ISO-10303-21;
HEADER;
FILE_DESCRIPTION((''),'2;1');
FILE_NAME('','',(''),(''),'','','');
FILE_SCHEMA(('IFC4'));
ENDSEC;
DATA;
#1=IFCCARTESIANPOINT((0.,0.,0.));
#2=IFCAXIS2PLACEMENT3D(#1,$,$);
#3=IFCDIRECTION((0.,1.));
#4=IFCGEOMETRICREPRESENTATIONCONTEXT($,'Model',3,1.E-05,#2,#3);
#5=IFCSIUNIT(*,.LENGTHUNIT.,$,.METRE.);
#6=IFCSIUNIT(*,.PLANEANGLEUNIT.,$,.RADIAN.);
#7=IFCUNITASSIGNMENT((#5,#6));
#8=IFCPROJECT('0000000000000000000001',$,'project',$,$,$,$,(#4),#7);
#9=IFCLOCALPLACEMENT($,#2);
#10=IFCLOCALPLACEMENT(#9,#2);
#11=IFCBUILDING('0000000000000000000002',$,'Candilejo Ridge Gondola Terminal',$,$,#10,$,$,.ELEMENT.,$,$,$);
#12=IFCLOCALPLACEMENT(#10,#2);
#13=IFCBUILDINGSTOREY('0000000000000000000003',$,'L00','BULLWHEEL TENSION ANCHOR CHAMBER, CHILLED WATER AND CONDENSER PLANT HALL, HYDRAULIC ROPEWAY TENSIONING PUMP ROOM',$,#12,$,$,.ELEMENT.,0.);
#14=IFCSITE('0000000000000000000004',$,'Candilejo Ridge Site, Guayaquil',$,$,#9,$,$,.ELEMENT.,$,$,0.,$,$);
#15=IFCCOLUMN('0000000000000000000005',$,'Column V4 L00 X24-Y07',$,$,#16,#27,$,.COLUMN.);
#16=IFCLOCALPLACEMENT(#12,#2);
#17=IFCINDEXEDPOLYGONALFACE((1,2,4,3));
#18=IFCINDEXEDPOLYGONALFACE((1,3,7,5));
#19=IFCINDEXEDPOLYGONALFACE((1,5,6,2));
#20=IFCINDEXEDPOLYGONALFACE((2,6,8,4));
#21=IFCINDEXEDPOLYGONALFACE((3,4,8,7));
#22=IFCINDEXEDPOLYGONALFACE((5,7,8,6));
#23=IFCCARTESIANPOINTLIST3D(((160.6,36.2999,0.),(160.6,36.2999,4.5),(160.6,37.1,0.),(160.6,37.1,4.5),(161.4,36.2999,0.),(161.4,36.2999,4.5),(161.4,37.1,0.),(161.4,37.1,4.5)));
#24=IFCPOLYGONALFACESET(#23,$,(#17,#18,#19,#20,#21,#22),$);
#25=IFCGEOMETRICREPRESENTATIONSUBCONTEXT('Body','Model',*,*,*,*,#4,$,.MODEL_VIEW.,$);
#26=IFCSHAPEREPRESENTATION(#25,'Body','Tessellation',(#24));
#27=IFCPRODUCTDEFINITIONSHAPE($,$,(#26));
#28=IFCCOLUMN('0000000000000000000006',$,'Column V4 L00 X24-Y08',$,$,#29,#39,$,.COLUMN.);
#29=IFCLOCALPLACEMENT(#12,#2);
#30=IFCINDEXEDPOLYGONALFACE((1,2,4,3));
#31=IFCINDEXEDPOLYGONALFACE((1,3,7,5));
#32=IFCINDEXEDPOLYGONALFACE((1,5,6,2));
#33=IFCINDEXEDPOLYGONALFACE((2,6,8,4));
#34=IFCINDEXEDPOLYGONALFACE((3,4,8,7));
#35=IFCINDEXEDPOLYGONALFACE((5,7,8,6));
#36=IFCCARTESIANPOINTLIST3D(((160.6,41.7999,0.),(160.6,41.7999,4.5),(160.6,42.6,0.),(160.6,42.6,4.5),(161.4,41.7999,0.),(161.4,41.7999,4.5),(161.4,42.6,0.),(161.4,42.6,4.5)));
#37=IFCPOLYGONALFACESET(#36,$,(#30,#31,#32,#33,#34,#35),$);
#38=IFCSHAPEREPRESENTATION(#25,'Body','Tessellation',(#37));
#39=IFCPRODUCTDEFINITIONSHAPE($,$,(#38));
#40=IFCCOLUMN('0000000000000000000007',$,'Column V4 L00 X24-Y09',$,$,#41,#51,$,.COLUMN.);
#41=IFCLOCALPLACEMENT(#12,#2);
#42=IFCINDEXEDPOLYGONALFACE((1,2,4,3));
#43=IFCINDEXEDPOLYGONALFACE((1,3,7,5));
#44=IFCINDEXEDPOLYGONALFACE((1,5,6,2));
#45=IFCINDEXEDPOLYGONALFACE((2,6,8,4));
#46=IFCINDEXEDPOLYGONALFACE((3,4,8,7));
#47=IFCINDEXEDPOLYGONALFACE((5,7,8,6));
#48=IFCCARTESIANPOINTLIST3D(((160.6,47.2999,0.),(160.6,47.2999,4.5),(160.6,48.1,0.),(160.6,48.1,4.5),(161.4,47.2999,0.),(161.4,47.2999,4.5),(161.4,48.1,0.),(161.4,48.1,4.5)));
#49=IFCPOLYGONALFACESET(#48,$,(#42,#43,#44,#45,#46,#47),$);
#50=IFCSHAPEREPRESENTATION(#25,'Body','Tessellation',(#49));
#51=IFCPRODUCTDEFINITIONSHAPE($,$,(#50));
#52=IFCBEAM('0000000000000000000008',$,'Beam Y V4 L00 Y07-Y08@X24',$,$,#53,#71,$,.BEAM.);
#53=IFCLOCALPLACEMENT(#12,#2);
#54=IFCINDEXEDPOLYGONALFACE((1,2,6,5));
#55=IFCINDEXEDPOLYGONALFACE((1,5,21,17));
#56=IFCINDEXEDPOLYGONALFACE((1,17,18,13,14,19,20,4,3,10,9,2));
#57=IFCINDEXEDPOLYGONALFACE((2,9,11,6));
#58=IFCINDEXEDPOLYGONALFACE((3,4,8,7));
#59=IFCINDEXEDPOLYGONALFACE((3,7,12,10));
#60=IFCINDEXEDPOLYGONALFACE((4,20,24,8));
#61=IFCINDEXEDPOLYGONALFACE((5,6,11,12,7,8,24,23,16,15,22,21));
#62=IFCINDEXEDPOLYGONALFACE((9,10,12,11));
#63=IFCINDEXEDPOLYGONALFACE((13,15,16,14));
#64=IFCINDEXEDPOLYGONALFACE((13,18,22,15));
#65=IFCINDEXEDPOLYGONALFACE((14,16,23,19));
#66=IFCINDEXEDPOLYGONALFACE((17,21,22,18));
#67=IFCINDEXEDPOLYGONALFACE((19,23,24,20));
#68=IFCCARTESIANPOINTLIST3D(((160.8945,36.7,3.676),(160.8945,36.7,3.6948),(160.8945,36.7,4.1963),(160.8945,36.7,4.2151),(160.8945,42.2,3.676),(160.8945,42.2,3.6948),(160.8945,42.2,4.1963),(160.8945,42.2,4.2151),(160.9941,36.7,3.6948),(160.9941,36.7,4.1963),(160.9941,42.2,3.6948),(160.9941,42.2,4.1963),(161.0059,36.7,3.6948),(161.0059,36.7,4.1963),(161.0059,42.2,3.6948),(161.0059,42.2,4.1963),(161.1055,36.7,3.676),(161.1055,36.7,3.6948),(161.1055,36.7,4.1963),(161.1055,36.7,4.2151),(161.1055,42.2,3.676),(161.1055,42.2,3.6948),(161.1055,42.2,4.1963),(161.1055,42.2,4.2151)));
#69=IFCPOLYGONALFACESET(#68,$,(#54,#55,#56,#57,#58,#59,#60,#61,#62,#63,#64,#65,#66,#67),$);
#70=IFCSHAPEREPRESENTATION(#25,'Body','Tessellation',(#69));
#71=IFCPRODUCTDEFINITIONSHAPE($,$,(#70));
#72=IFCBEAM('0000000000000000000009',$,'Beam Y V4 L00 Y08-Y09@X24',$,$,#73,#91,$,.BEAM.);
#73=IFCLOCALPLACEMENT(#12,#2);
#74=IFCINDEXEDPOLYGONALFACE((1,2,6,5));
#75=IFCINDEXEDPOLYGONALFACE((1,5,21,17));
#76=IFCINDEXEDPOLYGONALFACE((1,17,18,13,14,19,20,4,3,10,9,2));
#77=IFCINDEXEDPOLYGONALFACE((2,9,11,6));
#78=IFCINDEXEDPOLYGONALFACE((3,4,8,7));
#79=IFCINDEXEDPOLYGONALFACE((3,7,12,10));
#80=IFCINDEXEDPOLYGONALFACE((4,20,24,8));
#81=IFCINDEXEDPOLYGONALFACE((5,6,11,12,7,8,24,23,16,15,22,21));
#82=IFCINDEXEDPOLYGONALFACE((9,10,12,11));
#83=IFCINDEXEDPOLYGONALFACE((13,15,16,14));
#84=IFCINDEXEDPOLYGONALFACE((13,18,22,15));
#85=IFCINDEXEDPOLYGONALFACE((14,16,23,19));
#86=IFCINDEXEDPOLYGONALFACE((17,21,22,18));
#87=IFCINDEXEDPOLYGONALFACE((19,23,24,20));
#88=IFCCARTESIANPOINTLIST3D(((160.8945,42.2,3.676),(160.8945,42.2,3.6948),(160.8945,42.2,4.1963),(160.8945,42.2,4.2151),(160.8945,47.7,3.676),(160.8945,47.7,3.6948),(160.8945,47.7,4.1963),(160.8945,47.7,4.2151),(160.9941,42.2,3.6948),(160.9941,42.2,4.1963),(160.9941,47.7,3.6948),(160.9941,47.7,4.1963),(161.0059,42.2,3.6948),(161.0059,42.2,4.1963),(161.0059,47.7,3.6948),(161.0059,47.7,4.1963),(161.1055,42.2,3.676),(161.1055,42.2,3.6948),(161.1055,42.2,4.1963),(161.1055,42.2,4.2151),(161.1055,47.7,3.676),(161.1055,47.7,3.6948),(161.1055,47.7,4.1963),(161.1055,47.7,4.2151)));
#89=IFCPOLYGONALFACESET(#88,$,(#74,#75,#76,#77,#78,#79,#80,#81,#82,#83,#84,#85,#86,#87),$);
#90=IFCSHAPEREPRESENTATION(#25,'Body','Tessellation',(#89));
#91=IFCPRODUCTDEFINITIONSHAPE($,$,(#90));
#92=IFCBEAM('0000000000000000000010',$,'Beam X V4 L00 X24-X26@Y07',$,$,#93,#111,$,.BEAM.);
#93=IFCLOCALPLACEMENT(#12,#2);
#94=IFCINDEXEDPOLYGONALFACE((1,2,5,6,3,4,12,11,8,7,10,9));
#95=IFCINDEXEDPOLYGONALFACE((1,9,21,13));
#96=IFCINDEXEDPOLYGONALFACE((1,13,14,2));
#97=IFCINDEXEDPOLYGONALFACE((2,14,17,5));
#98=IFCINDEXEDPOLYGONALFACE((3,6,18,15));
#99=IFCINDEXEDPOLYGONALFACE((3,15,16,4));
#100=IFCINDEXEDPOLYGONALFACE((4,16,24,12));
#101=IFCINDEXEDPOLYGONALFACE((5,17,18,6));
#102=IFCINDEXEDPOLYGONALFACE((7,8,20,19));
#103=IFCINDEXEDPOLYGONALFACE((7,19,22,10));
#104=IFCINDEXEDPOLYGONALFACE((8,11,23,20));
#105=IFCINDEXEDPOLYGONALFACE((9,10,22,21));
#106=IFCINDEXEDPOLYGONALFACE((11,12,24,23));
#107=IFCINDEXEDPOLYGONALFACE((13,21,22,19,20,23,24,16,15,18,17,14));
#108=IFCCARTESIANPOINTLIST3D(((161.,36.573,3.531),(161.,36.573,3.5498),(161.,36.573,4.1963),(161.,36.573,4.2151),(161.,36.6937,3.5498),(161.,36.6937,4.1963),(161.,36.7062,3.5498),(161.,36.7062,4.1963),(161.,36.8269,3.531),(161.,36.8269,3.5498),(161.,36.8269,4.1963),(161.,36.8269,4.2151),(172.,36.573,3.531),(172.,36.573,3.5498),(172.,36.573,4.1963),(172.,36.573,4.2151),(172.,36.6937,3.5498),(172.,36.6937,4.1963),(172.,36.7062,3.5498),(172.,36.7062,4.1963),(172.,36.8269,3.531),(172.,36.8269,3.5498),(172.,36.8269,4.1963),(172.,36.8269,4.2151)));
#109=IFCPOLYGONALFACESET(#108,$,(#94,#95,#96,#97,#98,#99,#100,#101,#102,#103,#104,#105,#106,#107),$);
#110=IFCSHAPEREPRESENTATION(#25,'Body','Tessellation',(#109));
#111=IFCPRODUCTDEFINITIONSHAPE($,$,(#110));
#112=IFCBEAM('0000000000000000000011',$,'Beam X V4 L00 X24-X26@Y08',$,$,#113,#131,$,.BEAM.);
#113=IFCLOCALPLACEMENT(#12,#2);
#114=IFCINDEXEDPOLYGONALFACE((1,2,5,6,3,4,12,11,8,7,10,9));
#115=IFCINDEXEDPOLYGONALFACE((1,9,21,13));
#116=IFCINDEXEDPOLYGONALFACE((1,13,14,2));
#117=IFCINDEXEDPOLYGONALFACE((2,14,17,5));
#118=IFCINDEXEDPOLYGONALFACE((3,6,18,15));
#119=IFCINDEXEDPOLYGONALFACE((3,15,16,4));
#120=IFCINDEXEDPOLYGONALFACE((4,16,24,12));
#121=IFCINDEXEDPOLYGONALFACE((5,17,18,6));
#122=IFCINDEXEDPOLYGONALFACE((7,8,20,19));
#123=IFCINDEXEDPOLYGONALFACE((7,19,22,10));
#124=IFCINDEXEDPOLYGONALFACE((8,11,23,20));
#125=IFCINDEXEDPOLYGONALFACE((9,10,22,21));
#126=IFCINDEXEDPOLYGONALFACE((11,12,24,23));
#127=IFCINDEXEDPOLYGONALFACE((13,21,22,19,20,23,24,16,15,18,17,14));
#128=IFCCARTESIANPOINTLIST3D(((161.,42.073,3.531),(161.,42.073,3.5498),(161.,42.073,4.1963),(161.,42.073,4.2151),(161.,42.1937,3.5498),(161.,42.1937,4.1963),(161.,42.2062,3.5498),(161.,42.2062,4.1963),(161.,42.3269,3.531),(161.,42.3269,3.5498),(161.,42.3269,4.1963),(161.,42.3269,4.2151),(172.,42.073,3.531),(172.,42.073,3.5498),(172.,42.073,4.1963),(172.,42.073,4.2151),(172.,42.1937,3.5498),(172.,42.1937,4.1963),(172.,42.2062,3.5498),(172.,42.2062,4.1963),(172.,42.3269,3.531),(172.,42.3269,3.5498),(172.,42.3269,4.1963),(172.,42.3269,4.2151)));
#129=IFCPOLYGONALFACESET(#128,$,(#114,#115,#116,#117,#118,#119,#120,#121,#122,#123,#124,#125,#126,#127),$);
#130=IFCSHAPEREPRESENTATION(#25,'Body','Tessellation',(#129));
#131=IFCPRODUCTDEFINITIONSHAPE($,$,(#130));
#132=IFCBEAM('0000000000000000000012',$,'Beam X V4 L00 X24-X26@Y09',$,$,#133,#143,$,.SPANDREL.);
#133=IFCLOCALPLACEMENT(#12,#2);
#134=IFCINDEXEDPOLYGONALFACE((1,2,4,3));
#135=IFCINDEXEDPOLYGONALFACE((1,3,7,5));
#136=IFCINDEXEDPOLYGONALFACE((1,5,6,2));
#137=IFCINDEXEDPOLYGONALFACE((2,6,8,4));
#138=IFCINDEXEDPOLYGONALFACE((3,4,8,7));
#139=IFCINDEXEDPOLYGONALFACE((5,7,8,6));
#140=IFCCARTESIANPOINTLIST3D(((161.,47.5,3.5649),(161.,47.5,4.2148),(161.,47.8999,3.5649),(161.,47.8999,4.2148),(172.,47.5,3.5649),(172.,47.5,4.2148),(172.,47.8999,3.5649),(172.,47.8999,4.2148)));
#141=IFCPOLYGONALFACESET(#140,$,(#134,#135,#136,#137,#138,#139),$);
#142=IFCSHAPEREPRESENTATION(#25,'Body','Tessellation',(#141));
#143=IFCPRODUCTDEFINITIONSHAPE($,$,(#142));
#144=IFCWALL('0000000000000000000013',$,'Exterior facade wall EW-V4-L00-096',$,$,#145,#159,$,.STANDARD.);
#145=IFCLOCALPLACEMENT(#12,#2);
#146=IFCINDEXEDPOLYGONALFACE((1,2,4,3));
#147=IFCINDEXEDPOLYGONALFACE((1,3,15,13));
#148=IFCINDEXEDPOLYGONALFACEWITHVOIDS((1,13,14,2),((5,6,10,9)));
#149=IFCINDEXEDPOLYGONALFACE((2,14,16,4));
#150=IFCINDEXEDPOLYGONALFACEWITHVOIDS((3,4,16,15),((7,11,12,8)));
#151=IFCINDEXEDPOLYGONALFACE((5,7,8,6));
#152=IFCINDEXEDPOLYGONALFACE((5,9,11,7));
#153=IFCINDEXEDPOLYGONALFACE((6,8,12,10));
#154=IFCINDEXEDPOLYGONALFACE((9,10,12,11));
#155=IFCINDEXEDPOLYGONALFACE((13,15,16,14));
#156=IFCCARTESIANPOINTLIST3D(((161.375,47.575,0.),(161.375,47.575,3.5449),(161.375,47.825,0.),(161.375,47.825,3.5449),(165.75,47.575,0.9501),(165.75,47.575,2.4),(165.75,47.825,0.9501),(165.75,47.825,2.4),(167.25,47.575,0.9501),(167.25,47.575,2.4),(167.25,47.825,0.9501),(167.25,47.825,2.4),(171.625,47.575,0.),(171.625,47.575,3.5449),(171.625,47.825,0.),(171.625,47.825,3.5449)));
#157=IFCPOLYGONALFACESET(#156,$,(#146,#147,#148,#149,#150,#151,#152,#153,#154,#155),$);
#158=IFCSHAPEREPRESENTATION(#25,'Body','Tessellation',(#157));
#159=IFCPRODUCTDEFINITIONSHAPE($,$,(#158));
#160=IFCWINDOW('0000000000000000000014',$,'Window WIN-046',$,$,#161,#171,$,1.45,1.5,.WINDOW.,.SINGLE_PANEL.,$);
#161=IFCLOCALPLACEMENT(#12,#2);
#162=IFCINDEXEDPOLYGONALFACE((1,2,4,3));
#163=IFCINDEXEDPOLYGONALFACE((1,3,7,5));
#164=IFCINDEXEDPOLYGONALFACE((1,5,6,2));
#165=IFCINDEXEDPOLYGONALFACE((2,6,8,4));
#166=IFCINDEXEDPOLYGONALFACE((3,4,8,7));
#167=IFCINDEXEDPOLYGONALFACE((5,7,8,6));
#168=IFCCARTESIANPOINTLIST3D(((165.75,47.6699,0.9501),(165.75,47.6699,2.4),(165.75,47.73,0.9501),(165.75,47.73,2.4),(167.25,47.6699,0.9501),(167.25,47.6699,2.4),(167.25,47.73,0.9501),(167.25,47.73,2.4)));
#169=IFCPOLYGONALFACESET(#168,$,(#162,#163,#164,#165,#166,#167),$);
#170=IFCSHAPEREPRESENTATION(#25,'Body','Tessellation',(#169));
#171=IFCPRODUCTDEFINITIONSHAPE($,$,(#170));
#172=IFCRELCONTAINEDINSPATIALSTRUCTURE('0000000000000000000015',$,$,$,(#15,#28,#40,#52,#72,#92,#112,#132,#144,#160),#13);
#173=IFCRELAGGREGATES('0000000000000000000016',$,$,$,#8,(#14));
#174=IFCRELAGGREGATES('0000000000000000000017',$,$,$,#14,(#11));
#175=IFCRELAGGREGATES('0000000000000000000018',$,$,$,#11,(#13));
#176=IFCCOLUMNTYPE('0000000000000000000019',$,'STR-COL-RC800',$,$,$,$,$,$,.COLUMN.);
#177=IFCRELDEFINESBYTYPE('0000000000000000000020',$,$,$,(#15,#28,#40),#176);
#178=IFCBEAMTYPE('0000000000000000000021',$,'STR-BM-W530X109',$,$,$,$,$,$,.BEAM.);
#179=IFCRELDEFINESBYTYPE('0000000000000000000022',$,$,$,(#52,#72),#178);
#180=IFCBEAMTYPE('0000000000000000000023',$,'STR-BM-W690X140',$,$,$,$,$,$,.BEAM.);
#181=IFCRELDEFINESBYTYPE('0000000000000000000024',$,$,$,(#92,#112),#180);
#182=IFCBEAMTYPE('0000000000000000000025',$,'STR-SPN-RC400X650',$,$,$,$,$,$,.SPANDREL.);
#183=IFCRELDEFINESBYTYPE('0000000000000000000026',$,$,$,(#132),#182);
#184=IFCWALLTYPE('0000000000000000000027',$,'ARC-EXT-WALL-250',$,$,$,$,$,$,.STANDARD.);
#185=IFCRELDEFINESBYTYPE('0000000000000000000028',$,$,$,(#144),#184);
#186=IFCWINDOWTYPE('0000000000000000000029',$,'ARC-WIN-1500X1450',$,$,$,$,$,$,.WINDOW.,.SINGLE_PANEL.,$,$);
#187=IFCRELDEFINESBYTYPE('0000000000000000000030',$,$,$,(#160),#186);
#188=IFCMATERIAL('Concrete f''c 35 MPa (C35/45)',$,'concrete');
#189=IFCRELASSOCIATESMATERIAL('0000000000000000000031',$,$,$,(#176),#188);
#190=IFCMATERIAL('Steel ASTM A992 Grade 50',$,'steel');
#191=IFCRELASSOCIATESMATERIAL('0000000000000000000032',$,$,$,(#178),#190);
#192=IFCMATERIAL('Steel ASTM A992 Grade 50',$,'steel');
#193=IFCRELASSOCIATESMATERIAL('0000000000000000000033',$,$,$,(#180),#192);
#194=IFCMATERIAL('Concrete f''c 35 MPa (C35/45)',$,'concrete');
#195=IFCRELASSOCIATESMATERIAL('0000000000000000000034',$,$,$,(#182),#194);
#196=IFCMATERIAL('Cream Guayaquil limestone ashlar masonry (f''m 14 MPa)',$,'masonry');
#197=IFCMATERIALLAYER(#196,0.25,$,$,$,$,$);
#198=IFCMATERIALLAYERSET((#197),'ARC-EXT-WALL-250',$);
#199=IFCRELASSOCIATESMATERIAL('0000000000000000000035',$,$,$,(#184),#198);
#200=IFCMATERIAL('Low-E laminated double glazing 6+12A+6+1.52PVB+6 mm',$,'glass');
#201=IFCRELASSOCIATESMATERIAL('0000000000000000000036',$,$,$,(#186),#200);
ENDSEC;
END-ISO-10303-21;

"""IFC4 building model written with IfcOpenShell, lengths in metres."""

from ifc_helpers import new_model, si_unit, direction, frame, frame_2d, origin, origin_2d, place, context, subcontext, project, spatial, rectangle, i_section, extrude, material, layer, layer_set, material_profile, profile_set, type_object, element, fill, save


model = new_model("IFC4")

# Units and contexts
model_context = context("Model", 3, precision=1e-05, world=origin(), true_north=direction((0.0, 1.0)))
body_context = subcontext(model_context, "Body", "Model", "MODEL_VIEW")
ifc_project = project(units=[si_unit("LENGTHUNIT", "METRE"), si_unit("PLANEANGLEUNIT", "RADIAN")], contexts=[model_context])

# Site, building, storey
site_placement = place(None, origin())
site = spatial("IfcSite", under=ifc_project, at=site_placement, Name="Candilejo Ridge Site, Guayaquil", CompositionType="ELEMENT", RefElevation=0.0)
building_placement = place(site_placement, origin())
building = spatial("IfcBuilding", under=site, at=building_placement, Name="Candilejo Ridge Gondola Terminal", CompositionType="ELEMENT")
storey_placement = place(building_placement, origin())
storey = spatial("IfcBuildingStorey", under=building, at=storey_placement, Name="L00", Description="BULLWHEEL TENSION ANCHOR CHAMBER, CHILLED WATER AND CONDENSER PLANT HALL, HYDRAULIC ROPEWAY TENSIONING PUMP ROOM", CompositionType="ELEMENT", Elevation=0.0)

# Columns
ifc_material_1 = material(Name="Concrete f'c 35 MPa (C35/45)", Category="concrete")
ifc_material_profile_1 = material_profile(ifc_material_1, rectangle(XDim=0.8, YDim=0.8, at=origin_2d()))
ifc_profile_set_1 = profile_set([ifc_material_profile_1], Name="Concrete f'c 35 MPa (C35/45)")
column_type = type_object("IfcColumnType", Name="STR-COL-RC800", PredefinedType="COLUMN", material=ifc_profile_set_1)
for number, where, z_axis, x_axis, name in (
    (1, (161.0, 36.7, 0.0), (0.0, 0.0, 1.0), (1.0, 0.0, 0.0), "Column V4 L00 X24-Y07"),
    (2, (161.0, 42.2, 0.0), (0.0, 0.0, 1.0), (1.0, 0.0, 0.0), "Column V4 L00 X24-Y08"),
    (3, (161.0, 47.7, 0.0), (0.0, 0.0, 1.0), (1.0, 0.0, 0.0), "Column V4 L00 X24-Y09"),
):
    element("IfcColumn", number, at=place(storey_placement, frame(where, z_axis=z_axis, x_axis=x_axis)), inside=storey, type_object=column_type, Name=name, PredefinedType="COLUMN", context=body_context, shape_type="SweptSolid", body=[
        extrude(rectangle(XDim=0.8, YDim=0.8, at=origin_2d()), origin(), (0.0, 0.0, 1.0), 4.5),
    ])

# Beams
ifc_material_2 = material(Name="Steel ASTM A992 Grade 50", Category="steel")
ifc_material_profile_2 = material_profile(ifc_material_2, i_section(OverallWidth=0.2109, OverallDepth=0.5391, WebThickness=0.0117, FlangeThickness=0.0188, at=origin_2d()))
ifc_profile_set_2 = profile_set([ifc_material_profile_2], Name="Steel ASTM A992 Grade 50")
beam_type_1 = type_object("IfcBeamType", Name="STR-BM-W530X109", PredefinedType="BEAM", material=ifc_profile_set_2)
for number, where, z_axis, x_axis, name in (
    (4, (161.0, 36.7, 3.9456), (0.0, 1.0, 0.0), (-1.0, 0.0, 0.0), "Beam Y V4 L00 Y07-Y08@X24"),
    (5, (161.0, 42.2, 3.9456), (0.0, 1.0, 0.0), (-1.0, 0.0, 0.0), "Beam Y V4 L00 Y08-Y09@X24"),
):
    element("IfcBeam", number, at=place(storey_placement, frame(where, z_axis=z_axis, x_axis=x_axis)), inside=storey, type_object=beam_type_1, Name=name, PredefinedType="BEAM", context=body_context, shape_type="SweptSolid", body=[
        extrude(i_section(OverallWidth=0.2109, OverallDepth=0.5391, WebThickness=0.0117, FlangeThickness=0.0188, at=origin_2d()), origin(), (0.0, 0.0, 1.0), 5.5),
    ])
ifc_material_3 = material(Name="Steel ASTM A992 Grade 50", Category="steel")
ifc_material_profile_3 = material_profile(ifc_material_3, i_section(OverallWidth=0.2539, OverallDepth=0.6841, WebThickness=0.0125, FlangeThickness=0.0188, at=origin_2d()))
ifc_profile_set_3 = profile_set([ifc_material_profile_3], Name="Steel ASTM A992 Grade 50")
beam_type_2 = type_object("IfcBeamType", Name="STR-BM-W690X140", PredefinedType="BEAM", material=ifc_profile_set_3)
for number, where, z_axis, x_axis, name in (
    (6, (161.0, 36.7, 3.873), (1.0, 0.0, 0.0), (0.0, 1.0, 0.0), "Beam X V4 L00 X24-X26@Y07"),
    (7, (161.0, 42.2, 3.873), (1.0, 0.0, 0.0), (0.0, 1.0, 0.0), "Beam X V4 L00 X24-X26@Y08"),
):
    element("IfcBeam", number, at=place(storey_placement, frame(where, z_axis=z_axis, x_axis=x_axis)), inside=storey, type_object=beam_type_2, Name=name, PredefinedType="BEAM", context=body_context, shape_type="SweptSolid", body=[
        extrude(i_section(OverallWidth=0.2539, OverallDepth=0.6841, WebThickness=0.0125, FlangeThickness=0.0188, at=origin_2d()), origin(), (0.0, 0.0, 1.0), 11.0),
    ])
ifc_material_4 = material(Name="Concrete f'c 35 MPa (C35/45)", Category="concrete")
ifc_material_profile_4 = material_profile(ifc_material_4, rectangle(XDim=0.3999, YDim=0.6499, at=origin_2d()))
ifc_profile_set_4 = profile_set([ifc_material_profile_4], Name="Concrete f'c 35 MPa (C35/45)")
beam_type_3 = type_object("IfcBeamType", Name="STR-SPN-RC400X650", PredefinedType="SPANDREL", material=ifc_profile_set_4)
beam_placement = place(storey_placement, frame((161.0, 47.7, 3.8899), z_axis=(1.0, 0.0, 0.0), x_axis=(0.0, 1.0, 0.0)))
element("IfcBeam", 8, at=beam_placement, inside=storey, type_object=beam_type_3, Name="Beam X V4 L00 X24-X26@Y09", PredefinedType="SPANDREL", context=body_context, shape_type="SweptSolid", body=[
    extrude(rectangle(XDim=0.3999, YDim=0.6499, at=origin_2d()), origin(), (0.0, 0.0, 1.0), 11.0),
])

# Wall, opening, window
ifc_material_5 = material(Name="Cream Guayaquil limestone ashlar masonry (f'm 14 MPa)", Category="masonry")
ifc_layer_1 = layer(ifc_material_5, 0.25)
ifc_layer_set_1 = layer_set([ifc_layer_1], Name="ARC-EXT-WALL-250")
wall_type_1 = type_object("IfcWallType", Name="ARC-EXT-WALL-250", PredefinedType="STANDARD", material=ifc_layer_set_1)
wall_1_placement = place(storey_placement, frame((161.375, 47.7, 0.0), z_axis=(0.0, 0.0, 1.0), x_axis=(1.0, 0.0, 0.0)))
wall_1 = element("IfcWall", 9, at=wall_1_placement, inside=storey, type_object=wall_type_1, Name="Exterior facade wall EW-V4-L00-096", PredefinedType="STANDARD", context=body_context, shape_type="SweptSolid", body=[
    extrude(rectangle(XDim=10.25, YDim=0.25, at=frame_2d((5.125, 0.0))), origin(), (0.0, 0.0, 1.0), 3.5449),
])
opening_1_placement = place(wall_1_placement, frame((4.375, 0.0, 0.95)))
opening_1 = element("IfcOpeningElement", 10, at=opening_1_placement, cuts=wall_1, PredefinedType="OPENING", context=body_context, shape_type="SweptSolid", body=[
    extrude(rectangle(XDim=1.5, YDim=1.45, at=frame_2d((0.75, 0.7251))), frame((0.0, 0.135, 0.0), z_axis=(0.0, -1.0, 0.0), x_axis=(1.0, 0.0, 0.0)), (0.0, 0.0, 1.0), 0.27),
])
ifc_material_6 = material(Name="Low-E laminated double glazing 6+12A+6+1.52PVB+6 mm", Category="glass")
window_type = type_object("IfcWindowType", Name="ARC-WIN-1500X1450", PartitioningType="SINGLE_PANEL", PredefinedType="WINDOW", material=ifc_material_6)
window_placement = place(opening_1_placement, origin())
window = element("IfcWindow", 11, at=window_placement, inside=storey, type_object=window_type, Name="Window WIN-046", OverallHeight=1.45, OverallWidth=1.5, PartitioningType="SINGLE_PANEL", PredefinedType="WINDOW", context=body_context, shape_type="SweptSolid", body=[
    extrude(rectangle(XDim=1.5, YDim=1.45, at=frame_2d((0.75, 0.7251))), frame((0.0, 0.03, 0.0), z_axis=(0.0, -1.0, 0.0), x_axis=(1.0, 0.0, 0.0)), (0.0, 0.0, 1.0), 0.0601),
])
fill(opening_1, window)

save(model, "model.ifc")
